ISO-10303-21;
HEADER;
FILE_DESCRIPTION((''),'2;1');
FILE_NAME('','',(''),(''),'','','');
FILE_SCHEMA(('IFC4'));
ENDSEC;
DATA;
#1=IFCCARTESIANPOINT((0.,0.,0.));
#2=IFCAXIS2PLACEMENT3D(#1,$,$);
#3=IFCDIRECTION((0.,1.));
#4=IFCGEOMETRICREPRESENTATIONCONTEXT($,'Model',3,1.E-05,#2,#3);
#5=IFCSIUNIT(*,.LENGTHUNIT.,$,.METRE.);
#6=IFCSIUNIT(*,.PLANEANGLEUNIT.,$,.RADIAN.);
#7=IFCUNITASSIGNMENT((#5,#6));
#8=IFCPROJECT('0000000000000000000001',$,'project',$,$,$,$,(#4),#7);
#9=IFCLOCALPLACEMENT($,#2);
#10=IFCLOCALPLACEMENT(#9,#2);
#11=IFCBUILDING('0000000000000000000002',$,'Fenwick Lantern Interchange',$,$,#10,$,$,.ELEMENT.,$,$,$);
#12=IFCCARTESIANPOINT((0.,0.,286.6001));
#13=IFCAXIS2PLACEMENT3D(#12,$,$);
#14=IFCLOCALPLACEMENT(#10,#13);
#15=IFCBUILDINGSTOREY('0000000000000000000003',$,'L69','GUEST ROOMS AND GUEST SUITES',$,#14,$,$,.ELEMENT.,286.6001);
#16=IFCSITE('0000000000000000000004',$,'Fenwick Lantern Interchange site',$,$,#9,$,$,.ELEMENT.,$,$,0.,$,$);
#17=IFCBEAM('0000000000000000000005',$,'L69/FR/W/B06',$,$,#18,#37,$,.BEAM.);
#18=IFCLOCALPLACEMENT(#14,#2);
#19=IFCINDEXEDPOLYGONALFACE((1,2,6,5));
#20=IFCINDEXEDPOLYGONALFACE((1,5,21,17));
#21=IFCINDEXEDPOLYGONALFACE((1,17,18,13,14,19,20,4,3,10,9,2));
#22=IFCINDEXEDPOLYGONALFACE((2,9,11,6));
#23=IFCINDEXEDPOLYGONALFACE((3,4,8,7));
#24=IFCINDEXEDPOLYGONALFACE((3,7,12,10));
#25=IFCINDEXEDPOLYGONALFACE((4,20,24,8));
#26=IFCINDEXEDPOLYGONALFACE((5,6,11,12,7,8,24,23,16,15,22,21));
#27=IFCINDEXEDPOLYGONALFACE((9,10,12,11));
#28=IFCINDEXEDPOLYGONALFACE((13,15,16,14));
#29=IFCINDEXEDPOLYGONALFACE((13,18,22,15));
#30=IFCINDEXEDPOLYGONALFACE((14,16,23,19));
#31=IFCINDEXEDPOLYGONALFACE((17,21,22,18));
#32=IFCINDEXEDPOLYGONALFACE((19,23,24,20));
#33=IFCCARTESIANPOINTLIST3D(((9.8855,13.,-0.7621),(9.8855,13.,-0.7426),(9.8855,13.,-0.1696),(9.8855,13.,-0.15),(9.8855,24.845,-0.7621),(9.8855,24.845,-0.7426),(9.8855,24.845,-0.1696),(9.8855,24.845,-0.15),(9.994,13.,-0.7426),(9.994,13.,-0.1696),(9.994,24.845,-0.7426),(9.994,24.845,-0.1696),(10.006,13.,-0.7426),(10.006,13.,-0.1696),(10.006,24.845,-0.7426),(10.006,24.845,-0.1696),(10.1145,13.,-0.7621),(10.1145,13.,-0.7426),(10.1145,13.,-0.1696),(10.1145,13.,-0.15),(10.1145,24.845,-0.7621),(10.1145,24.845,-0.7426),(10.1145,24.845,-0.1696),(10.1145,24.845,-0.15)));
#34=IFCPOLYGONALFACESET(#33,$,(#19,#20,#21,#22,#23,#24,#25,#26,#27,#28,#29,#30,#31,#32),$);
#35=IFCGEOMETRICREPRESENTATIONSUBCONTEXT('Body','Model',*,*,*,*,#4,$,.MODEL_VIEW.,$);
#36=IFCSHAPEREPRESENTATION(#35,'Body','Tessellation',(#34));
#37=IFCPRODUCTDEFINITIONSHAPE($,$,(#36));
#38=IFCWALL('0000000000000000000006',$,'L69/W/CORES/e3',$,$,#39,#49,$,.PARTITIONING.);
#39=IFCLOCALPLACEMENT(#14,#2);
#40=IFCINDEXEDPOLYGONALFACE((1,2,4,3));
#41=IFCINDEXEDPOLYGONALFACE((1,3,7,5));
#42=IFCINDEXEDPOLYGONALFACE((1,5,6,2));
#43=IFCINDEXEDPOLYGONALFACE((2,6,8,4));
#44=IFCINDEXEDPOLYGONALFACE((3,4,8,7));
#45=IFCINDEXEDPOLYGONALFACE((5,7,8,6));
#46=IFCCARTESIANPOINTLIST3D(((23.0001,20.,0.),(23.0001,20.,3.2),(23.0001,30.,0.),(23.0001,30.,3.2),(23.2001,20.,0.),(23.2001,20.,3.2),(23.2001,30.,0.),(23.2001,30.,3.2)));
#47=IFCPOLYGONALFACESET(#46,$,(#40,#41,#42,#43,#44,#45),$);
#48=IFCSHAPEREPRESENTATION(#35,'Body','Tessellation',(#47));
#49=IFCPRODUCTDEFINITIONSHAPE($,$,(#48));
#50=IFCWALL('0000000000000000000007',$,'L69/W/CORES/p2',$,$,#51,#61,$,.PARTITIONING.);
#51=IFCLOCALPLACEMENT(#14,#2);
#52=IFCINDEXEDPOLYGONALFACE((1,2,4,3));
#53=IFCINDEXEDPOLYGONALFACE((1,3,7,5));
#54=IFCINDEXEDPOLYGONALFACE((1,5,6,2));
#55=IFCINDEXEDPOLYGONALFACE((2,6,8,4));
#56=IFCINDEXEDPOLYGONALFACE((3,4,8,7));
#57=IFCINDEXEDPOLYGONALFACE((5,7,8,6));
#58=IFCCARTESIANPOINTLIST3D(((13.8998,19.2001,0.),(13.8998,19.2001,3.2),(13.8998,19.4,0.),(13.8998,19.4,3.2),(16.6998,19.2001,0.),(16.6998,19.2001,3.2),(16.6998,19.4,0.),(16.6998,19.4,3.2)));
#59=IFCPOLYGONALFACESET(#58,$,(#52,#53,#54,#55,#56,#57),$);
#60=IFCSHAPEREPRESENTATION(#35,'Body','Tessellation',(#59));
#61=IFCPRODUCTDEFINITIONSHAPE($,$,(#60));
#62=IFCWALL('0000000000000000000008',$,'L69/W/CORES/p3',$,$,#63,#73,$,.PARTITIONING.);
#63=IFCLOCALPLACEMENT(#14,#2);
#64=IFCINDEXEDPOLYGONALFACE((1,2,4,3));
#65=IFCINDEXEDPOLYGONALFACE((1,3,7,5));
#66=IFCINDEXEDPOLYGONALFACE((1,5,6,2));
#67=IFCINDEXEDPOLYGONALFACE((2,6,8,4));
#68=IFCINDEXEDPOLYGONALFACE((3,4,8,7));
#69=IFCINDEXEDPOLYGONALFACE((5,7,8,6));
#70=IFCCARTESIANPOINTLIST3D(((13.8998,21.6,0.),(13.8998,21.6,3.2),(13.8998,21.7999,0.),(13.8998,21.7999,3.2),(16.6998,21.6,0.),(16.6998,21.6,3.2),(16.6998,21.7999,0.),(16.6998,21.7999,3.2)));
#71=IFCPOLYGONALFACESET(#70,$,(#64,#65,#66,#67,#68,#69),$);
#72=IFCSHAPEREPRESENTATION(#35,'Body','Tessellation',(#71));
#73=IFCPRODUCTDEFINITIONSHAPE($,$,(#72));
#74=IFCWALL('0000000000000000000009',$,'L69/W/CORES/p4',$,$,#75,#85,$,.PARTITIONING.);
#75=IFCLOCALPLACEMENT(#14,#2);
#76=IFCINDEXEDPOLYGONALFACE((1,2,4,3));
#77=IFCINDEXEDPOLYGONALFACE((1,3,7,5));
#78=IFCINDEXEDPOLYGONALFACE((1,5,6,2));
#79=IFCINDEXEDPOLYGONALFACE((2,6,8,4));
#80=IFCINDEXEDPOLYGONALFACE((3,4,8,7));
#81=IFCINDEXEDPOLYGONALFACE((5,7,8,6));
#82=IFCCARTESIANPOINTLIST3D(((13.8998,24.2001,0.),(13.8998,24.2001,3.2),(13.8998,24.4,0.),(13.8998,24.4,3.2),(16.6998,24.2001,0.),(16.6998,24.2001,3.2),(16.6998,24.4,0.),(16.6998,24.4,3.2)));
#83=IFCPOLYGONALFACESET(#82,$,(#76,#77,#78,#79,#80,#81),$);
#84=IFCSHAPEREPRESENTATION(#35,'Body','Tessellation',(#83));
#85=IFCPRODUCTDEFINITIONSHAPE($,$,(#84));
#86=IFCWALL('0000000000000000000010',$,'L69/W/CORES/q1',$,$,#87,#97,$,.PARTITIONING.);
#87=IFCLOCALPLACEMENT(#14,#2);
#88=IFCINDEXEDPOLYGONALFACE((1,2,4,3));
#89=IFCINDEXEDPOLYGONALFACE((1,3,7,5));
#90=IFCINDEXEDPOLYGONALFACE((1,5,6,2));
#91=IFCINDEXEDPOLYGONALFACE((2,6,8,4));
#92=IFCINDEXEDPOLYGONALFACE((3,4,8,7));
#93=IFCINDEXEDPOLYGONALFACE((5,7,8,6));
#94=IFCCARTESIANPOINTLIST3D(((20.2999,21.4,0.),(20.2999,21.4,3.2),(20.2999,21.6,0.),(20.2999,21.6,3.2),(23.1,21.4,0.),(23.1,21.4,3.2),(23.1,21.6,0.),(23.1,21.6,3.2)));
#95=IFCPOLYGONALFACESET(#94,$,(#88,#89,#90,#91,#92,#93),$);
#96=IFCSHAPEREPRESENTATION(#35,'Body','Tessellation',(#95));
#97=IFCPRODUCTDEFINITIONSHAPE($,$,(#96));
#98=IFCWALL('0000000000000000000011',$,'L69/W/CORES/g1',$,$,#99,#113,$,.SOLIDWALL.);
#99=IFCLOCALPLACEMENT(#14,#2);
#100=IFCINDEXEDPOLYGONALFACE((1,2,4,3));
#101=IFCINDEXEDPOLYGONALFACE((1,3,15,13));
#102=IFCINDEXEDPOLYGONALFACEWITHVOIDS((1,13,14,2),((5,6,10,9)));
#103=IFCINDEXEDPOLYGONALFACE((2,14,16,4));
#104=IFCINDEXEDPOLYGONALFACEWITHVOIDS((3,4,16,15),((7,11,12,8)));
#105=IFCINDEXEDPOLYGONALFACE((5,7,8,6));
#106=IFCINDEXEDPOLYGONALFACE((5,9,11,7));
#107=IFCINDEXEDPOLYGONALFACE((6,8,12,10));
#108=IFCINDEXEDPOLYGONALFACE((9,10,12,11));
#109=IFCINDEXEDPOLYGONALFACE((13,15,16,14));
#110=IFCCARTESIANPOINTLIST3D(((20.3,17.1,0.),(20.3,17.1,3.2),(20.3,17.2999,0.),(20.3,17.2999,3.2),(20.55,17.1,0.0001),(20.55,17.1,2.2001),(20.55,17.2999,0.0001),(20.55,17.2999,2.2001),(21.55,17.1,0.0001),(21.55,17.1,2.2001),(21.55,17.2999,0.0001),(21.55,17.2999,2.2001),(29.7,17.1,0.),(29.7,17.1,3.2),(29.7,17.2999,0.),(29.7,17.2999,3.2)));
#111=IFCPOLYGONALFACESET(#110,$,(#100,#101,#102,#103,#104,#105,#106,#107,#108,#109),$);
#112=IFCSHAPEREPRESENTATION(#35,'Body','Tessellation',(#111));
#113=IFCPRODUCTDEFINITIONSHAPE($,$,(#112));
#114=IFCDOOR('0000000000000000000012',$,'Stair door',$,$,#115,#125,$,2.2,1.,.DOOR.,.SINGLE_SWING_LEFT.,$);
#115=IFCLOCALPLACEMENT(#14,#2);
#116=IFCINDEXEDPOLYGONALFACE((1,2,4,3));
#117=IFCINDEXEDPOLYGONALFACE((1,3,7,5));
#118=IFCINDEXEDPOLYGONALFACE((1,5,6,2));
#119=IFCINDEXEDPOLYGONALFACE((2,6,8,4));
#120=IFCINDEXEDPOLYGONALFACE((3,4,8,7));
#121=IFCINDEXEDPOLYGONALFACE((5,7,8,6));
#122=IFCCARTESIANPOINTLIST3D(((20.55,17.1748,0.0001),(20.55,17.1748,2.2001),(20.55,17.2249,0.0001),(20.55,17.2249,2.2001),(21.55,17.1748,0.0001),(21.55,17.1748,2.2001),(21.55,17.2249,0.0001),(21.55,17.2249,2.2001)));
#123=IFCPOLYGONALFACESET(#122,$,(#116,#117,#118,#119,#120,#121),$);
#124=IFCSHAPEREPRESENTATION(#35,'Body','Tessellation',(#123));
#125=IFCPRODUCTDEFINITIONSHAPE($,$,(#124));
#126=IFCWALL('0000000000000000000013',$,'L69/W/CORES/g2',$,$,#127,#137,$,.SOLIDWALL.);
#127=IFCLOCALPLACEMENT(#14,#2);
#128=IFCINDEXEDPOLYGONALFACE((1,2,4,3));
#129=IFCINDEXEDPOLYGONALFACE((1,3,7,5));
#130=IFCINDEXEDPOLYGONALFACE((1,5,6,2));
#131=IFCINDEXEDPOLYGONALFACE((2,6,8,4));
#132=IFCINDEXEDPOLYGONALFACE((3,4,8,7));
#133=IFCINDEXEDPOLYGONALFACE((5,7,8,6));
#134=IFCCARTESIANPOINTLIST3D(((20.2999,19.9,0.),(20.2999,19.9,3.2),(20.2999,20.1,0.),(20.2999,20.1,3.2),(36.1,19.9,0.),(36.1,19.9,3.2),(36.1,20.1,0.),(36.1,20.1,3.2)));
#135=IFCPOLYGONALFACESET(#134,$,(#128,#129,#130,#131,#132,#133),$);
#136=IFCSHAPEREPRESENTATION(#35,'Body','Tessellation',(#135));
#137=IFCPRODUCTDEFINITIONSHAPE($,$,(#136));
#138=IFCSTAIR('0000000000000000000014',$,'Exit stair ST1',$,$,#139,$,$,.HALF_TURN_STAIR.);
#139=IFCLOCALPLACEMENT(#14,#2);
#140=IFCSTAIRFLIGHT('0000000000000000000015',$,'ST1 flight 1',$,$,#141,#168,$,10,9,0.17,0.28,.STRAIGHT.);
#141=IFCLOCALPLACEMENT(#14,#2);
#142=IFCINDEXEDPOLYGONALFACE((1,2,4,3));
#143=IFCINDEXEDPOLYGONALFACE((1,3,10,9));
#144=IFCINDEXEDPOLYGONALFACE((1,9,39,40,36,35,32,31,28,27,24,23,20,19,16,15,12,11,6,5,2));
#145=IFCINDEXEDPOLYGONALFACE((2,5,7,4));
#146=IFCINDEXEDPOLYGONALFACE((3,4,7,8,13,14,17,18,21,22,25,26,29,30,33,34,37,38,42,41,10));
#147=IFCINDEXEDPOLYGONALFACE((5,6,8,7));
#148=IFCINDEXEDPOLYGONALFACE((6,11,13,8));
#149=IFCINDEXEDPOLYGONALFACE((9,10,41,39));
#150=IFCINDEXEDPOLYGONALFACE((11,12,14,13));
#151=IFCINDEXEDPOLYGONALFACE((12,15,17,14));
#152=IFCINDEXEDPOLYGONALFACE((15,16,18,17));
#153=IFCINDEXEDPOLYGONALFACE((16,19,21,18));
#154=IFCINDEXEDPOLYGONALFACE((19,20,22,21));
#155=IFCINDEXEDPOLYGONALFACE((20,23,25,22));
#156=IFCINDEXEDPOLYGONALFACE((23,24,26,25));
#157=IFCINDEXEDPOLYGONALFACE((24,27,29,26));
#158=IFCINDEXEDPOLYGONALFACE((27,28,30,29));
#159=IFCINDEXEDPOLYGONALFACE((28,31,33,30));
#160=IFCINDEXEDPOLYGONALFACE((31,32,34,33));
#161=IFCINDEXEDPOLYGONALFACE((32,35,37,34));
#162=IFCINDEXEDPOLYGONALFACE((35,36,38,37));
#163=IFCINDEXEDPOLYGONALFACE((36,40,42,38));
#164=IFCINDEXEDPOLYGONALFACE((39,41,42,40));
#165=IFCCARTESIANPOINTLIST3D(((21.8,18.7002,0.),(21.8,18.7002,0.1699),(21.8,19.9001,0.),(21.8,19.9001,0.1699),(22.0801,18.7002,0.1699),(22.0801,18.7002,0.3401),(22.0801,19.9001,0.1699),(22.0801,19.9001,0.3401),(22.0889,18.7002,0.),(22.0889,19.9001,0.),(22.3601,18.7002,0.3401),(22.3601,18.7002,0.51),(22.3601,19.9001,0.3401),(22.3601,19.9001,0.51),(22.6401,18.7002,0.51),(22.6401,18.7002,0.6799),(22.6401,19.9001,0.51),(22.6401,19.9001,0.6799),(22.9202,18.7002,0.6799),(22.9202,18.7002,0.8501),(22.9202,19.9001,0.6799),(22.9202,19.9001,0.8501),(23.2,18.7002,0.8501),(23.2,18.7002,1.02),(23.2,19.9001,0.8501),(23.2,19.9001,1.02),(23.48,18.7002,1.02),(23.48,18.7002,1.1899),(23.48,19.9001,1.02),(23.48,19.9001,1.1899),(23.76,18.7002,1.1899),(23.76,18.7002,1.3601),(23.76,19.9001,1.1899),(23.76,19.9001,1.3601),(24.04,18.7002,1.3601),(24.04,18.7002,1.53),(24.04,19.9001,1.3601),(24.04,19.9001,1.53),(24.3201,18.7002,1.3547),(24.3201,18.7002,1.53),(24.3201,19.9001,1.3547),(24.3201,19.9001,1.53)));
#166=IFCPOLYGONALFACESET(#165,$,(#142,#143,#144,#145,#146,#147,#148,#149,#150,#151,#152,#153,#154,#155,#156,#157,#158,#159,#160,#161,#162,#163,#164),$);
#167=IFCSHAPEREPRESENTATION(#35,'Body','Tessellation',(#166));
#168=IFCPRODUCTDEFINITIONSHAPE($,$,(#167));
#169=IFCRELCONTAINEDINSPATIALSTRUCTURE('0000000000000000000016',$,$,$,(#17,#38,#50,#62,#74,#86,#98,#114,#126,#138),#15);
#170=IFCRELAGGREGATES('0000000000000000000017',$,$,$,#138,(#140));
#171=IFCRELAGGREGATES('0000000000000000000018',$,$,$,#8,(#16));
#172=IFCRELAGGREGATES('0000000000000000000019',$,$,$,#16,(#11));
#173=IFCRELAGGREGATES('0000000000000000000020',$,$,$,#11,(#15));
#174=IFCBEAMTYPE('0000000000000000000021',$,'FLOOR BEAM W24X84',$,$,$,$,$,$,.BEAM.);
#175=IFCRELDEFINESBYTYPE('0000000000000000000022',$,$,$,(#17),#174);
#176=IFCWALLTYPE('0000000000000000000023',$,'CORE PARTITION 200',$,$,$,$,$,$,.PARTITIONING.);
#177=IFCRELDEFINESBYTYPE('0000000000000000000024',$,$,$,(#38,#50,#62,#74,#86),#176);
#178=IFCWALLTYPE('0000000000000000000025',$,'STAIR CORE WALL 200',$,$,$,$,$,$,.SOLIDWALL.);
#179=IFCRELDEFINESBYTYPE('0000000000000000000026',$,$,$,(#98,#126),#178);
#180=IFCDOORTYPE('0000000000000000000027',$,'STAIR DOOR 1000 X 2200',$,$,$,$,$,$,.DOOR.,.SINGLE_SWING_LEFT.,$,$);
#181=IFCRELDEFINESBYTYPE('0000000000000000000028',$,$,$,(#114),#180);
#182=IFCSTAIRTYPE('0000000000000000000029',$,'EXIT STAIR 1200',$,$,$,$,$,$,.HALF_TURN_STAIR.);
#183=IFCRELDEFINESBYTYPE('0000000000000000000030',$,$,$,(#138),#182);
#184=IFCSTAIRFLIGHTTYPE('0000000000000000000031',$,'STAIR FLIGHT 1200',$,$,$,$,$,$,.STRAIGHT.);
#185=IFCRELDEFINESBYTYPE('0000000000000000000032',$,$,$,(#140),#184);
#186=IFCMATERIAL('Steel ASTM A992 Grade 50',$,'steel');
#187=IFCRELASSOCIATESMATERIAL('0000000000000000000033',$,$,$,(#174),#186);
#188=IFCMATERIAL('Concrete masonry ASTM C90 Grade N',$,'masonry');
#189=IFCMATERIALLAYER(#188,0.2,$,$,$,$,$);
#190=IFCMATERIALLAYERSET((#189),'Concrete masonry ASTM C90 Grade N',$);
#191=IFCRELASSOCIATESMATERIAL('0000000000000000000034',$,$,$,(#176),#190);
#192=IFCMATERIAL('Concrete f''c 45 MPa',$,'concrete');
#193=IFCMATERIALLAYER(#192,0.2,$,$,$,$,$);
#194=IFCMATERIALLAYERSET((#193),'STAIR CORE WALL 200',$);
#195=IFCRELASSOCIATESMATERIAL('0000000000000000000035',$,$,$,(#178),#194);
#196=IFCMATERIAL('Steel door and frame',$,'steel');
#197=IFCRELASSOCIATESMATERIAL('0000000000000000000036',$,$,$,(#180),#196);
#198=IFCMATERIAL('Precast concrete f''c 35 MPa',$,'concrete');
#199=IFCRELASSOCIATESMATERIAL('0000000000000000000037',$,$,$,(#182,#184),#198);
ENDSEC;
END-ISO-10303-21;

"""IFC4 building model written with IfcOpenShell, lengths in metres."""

from ifc_helpers import new_model, si_unit, direction, frame, frame_2d, origin, origin_2d, place, context, subcontext, project, spatial, polyline, rectangle, i_section, outline, extrude, material, layer, layer_set, material_profile, profile_set, type_object, element, fill, aggregate, save


model = new_model("IFC4")

# Units and contexts
model_context = context("Model", 3, precision=1e-05, world=origin(), true_north=direction((0.0, 1.0)))
body_context = subcontext(model_context, "Body", "Model", "MODEL_VIEW")
ifc_project = project(units=[si_unit("LENGTHUNIT", "METRE"), si_unit("PLANEANGLEUNIT", "RADIAN")], contexts=[model_context])

# Site, building, storey
site_placement = place(None, origin())
site = spatial("IfcSite", under=ifc_project, at=site_placement, Name="Fenwick Lantern Interchange site", CompositionType="ELEMENT", RefElevation=0.0)
building_placement = place(site_placement, origin())
building = spatial("IfcBuilding", under=site, at=building_placement, Name="Fenwick Lantern Interchange", CompositionType="ELEMENT")
storey_placement = place(building_placement, frame((0.0, 0.0, 286.6001)))
storey = spatial("IfcBuildingStorey", under=building, at=storey_placement, Name="L69", Description="GUEST ROOMS AND GUEST SUITES", CompositionType="ELEMENT", Elevation=286.6001)

# Beam
ifc_material_1 = material(Name="Steel ASTM A992 Grade 50", Category="steel")
ifc_material_profile = material_profile(ifc_material_1, i_section(OverallWidth=0.229, OverallDepth=0.6121, WebThickness=0.012, FlangeThickness=0.0195, at=origin_2d()), Name="W24X84")
ifc_profile_set = profile_set([ifc_material_profile], Name="Steel ASTM A992 Grade 50")
beam_type = type_object("IfcBeamType", Name="FLOOR BEAM W24X84", PredefinedType="BEAM", material=ifc_profile_set)
beam_placement = place(storey_placement, frame((10.0, 24.845, -0.4561), z_axis=(0.0, -1.0, 0.0), x_axis=(1.0, 0.0, 0.0)))
element("IfcBeam", 1, at=beam_placement, inside=storey, type_object=beam_type, Name="L69/FR/W/B06", PredefinedType="BEAM", context=body_context, shape_type="SweptSolid", body=[
    extrude(i_section(OverallWidth=0.229, OverallDepth=0.6121, WebThickness=0.012, FlangeThickness=0.0195, at=origin_2d()), origin(), (0.0, 0.0, 1.0), 11.845),
])

# Walls
ifc_material_2 = material(Name="Concrete masonry ASTM C90 Grade N", Category="masonry")
ifc_layer_1 = layer(ifc_material_2, 0.2)
ifc_layer_set_1 = layer_set([ifc_layer_1], Name="Concrete masonry ASTM C90 Grade N")
wall_type_1 = type_object("IfcWallType", Name="CORE PARTITION 200", PredefinedType="PARTITIONING", material=ifc_layer_set_1)
wall_1_placement = place(storey_placement, frame((23.1001, 20.0, 0.0), z_axis=(0.0, 0.0, 1.0), x_axis=(0.0, 1.0, 0.0)))
element("IfcWall", 2, at=wall_1_placement, inside=storey, type_object=wall_type_1, Name="L69/W/CORES/e3", PredefinedType="PARTITIONING", context=body_context, shape_type="SweptSolid", body=[
    extrude(rectangle(XDim=10.0, YDim=0.2, at=frame_2d((5.0, 0.0))), origin(), (0.0, 0.0, 1.0), 3.2),
])
for number, where, z_axis, x_axis, name in (
    (3, (13.8999, 19.3, 0.0), (0.0, 0.0, 1.0), (1.0, 0.0, 0.0), "L69/W/CORES/p2"),
    (4, (13.8999, 21.7, 0.0), (0.0, 0.0, 1.0), (1.0, 0.0, 0.0), "L69/W/CORES/p3"),
    (5, (13.8999, 24.3, 0.0), (0.0, 0.0, 1.0), (1.0, 0.0, 0.0), "L69/W/CORES/p4"),
    (6, (20.3, 21.5, 0.0), (0.0, 0.0, 1.0), (1.0, 0.0, 0.0), "L69/W/CORES/q1"),
):
    element("IfcWall", number, at=place(storey_placement, frame(where, z_axis=z_axis, x_axis=x_axis)), inside=storey, type_object=wall_type_1, Name=name, PredefinedType="PARTITIONING", context=body_context, shape_type="SweptSolid", body=[
        extrude(rectangle(XDim=2.8, YDim=0.2, at=frame_2d((1.3999, 0.0))), origin(), (0.0, 0.0, 1.0), 3.2),
    ])

# Wall, opening, door
ifc_material_3 = material(Name="Concrete f'c 45 MPa", Category="concrete")
ifc_layer_2 = layer(ifc_material_3, 0.2)
ifc_layer_set_2 = layer_set([ifc_layer_2], Name="STAIR CORE WALL 200")
wall_type_2 = type_object("IfcWallType", Name="STAIR CORE WALL 200", PredefinedType="SOLIDWALL", material=ifc_layer_set_2)
wall_2_placement = place(storey_placement, frame((20.3, 17.2, 0.0), z_axis=(0.0, 0.0, 1.0), x_axis=(1.0, 0.0, 0.0)))
wall_2 = element("IfcWall", 7, at=wall_2_placement, inside=storey, type_object=wall_type_2, Name="L69/W/CORES/g1", PredefinedType="SOLIDWALL", context=body_context, shape_type="SweptSolid", body=[
    extrude(rectangle(XDim=9.3999, YDim=0.2, at=frame_2d((4.7, 0.0))), origin(), (0.0, 0.0, 1.0), 3.2),
])
opening_placement = place(wall_2_placement, frame((0.25, 0.0, 0.0)))
opening = element("IfcOpeningElement", 8, at=opening_placement, cuts=wall_2, PredefinedType="OPENING", context=body_context, shape_type="SweptSolid", body=[
    extrude(rectangle(XDim=1.0, YDim=2.2, at=frame_2d((0.5, 1.1001))), frame((0.0, 0.1099, 0.0), z_axis=(0.0, -1.0, 0.0), x_axis=(1.0, 0.0, 0.0)), (0.0, 0.0, 1.0), 0.22),
])
ifc_material_4 = material(Name="Steel door and frame", Category="steel")
door_type = type_object("IfcDoorType", Name="STAIR DOOR 1000 X 2200", OperationType="SINGLE_SWING_LEFT", PredefinedType="DOOR", material=ifc_material_4)
door_placement = place(opening_placement, origin())
door = element("IfcDoor", 9, at=door_placement, inside=storey, type_object=door_type, Name="Stair door", OperationType="SINGLE_SWING_LEFT", OverallHeight=2.2, OverallWidth=1.0, PredefinedType="DOOR", context=body_context, shape_type="SweptSolid", body=[
    extrude(rectangle(XDim=1.0, YDim=2.2, at=frame_2d((0.5, 1.1001))), frame((0.0, 0.0249, 0.0), z_axis=(0.0, -1.0, 0.0), x_axis=(1.0, 0.0, 0.0)), (0.0, 0.0, 1.0), 0.05),
])
fill(opening, door)

# Wall
wall_3_placement = place(storey_placement, frame((20.3, 20.0, 0.0), z_axis=(0.0, 0.0, 1.0), x_axis=(1.0, 0.0, 0.0)))
element("IfcWall", 10, at=wall_3_placement, inside=storey, type_object=wall_type_2, Name="L69/W/CORES/g2", PredefinedType="SOLIDWALL", context=body_context, shape_type="SweptSolid", body=[
    extrude(rectangle(XDim=15.8, YDim=0.2, at=frame_2d((7.8999, 0.0))), origin(), (0.0, 0.0, 1.0), 3.2),
])

# Stair, stair flight
ifc_material_5 = material(Name="Precast concrete f'c 35 MPa", Category="concrete")
stair_type = type_object("IfcStairType", Name="EXIT STAIR 1200", PredefinedType="HALF_TURN_STAIR", material=ifc_material_5)
stair_placement = place(storey_placement, origin())
stair = element("IfcStair", 11, at=stair_placement, inside=storey, type_object=stair_type, Name="Exit stair ST1", PredefinedType="HALF_TURN_STAIR")
stair_flight_type = type_object("IfcStairFlightType", Name="STAIR FLIGHT 1200", PredefinedType="STRAIGHT", material=ifc_material_5)
stair_flight_placement = place(storey_placement, frame((21.8, 19.3, 0.0), z_axis=(0.0, 0.0, 1.0), x_axis=(1.0, 0.0, 0.0)))
stair_flight = element("IfcStairFlight", 12, at=stair_flight_placement, type_object=stair_flight_type, Name="ST1 flight 1", NumberOfRisers=10, NumberOfTreads=9, PredefinedType="STRAIGHT", RiserHeight=0.17, TreadLength=0.28, context=body_context, shape_type="SweptSolid", body=[
    extrude(outline(polyline([(0.0, 0.0), (0.0, 0.1699), (0.28, 0.1699), (0.28, 0.3401), (0.5601, 0.3401), (0.5601, 0.51), (0.8401, 0.51), (0.8401, 0.6799), (1.1201, 0.6799), (1.1201, 0.8501), (1.3999, 0.8501), (1.3999, 1.02), (1.6799, 1.02), (1.6799, 1.1899), (1.96, 1.1899), (1.96, 1.3601), (2.24, 1.3601), (2.24, 1.53), (2.52, 1.53), (2.52, 1.7), (2.52, 1.3547), (0.2888, 0.0), (0.0, 0.0)])), frame((0.0, 0.6001, 0.0), z_axis=(0.0, -1.0, 0.0), x_axis=(1.0, 0.0, 0.0)), (0.0, 0.0, 1.0), 1.2),
])
aggregate(stair, [stair_flight])

save(model, "model.ifc")
